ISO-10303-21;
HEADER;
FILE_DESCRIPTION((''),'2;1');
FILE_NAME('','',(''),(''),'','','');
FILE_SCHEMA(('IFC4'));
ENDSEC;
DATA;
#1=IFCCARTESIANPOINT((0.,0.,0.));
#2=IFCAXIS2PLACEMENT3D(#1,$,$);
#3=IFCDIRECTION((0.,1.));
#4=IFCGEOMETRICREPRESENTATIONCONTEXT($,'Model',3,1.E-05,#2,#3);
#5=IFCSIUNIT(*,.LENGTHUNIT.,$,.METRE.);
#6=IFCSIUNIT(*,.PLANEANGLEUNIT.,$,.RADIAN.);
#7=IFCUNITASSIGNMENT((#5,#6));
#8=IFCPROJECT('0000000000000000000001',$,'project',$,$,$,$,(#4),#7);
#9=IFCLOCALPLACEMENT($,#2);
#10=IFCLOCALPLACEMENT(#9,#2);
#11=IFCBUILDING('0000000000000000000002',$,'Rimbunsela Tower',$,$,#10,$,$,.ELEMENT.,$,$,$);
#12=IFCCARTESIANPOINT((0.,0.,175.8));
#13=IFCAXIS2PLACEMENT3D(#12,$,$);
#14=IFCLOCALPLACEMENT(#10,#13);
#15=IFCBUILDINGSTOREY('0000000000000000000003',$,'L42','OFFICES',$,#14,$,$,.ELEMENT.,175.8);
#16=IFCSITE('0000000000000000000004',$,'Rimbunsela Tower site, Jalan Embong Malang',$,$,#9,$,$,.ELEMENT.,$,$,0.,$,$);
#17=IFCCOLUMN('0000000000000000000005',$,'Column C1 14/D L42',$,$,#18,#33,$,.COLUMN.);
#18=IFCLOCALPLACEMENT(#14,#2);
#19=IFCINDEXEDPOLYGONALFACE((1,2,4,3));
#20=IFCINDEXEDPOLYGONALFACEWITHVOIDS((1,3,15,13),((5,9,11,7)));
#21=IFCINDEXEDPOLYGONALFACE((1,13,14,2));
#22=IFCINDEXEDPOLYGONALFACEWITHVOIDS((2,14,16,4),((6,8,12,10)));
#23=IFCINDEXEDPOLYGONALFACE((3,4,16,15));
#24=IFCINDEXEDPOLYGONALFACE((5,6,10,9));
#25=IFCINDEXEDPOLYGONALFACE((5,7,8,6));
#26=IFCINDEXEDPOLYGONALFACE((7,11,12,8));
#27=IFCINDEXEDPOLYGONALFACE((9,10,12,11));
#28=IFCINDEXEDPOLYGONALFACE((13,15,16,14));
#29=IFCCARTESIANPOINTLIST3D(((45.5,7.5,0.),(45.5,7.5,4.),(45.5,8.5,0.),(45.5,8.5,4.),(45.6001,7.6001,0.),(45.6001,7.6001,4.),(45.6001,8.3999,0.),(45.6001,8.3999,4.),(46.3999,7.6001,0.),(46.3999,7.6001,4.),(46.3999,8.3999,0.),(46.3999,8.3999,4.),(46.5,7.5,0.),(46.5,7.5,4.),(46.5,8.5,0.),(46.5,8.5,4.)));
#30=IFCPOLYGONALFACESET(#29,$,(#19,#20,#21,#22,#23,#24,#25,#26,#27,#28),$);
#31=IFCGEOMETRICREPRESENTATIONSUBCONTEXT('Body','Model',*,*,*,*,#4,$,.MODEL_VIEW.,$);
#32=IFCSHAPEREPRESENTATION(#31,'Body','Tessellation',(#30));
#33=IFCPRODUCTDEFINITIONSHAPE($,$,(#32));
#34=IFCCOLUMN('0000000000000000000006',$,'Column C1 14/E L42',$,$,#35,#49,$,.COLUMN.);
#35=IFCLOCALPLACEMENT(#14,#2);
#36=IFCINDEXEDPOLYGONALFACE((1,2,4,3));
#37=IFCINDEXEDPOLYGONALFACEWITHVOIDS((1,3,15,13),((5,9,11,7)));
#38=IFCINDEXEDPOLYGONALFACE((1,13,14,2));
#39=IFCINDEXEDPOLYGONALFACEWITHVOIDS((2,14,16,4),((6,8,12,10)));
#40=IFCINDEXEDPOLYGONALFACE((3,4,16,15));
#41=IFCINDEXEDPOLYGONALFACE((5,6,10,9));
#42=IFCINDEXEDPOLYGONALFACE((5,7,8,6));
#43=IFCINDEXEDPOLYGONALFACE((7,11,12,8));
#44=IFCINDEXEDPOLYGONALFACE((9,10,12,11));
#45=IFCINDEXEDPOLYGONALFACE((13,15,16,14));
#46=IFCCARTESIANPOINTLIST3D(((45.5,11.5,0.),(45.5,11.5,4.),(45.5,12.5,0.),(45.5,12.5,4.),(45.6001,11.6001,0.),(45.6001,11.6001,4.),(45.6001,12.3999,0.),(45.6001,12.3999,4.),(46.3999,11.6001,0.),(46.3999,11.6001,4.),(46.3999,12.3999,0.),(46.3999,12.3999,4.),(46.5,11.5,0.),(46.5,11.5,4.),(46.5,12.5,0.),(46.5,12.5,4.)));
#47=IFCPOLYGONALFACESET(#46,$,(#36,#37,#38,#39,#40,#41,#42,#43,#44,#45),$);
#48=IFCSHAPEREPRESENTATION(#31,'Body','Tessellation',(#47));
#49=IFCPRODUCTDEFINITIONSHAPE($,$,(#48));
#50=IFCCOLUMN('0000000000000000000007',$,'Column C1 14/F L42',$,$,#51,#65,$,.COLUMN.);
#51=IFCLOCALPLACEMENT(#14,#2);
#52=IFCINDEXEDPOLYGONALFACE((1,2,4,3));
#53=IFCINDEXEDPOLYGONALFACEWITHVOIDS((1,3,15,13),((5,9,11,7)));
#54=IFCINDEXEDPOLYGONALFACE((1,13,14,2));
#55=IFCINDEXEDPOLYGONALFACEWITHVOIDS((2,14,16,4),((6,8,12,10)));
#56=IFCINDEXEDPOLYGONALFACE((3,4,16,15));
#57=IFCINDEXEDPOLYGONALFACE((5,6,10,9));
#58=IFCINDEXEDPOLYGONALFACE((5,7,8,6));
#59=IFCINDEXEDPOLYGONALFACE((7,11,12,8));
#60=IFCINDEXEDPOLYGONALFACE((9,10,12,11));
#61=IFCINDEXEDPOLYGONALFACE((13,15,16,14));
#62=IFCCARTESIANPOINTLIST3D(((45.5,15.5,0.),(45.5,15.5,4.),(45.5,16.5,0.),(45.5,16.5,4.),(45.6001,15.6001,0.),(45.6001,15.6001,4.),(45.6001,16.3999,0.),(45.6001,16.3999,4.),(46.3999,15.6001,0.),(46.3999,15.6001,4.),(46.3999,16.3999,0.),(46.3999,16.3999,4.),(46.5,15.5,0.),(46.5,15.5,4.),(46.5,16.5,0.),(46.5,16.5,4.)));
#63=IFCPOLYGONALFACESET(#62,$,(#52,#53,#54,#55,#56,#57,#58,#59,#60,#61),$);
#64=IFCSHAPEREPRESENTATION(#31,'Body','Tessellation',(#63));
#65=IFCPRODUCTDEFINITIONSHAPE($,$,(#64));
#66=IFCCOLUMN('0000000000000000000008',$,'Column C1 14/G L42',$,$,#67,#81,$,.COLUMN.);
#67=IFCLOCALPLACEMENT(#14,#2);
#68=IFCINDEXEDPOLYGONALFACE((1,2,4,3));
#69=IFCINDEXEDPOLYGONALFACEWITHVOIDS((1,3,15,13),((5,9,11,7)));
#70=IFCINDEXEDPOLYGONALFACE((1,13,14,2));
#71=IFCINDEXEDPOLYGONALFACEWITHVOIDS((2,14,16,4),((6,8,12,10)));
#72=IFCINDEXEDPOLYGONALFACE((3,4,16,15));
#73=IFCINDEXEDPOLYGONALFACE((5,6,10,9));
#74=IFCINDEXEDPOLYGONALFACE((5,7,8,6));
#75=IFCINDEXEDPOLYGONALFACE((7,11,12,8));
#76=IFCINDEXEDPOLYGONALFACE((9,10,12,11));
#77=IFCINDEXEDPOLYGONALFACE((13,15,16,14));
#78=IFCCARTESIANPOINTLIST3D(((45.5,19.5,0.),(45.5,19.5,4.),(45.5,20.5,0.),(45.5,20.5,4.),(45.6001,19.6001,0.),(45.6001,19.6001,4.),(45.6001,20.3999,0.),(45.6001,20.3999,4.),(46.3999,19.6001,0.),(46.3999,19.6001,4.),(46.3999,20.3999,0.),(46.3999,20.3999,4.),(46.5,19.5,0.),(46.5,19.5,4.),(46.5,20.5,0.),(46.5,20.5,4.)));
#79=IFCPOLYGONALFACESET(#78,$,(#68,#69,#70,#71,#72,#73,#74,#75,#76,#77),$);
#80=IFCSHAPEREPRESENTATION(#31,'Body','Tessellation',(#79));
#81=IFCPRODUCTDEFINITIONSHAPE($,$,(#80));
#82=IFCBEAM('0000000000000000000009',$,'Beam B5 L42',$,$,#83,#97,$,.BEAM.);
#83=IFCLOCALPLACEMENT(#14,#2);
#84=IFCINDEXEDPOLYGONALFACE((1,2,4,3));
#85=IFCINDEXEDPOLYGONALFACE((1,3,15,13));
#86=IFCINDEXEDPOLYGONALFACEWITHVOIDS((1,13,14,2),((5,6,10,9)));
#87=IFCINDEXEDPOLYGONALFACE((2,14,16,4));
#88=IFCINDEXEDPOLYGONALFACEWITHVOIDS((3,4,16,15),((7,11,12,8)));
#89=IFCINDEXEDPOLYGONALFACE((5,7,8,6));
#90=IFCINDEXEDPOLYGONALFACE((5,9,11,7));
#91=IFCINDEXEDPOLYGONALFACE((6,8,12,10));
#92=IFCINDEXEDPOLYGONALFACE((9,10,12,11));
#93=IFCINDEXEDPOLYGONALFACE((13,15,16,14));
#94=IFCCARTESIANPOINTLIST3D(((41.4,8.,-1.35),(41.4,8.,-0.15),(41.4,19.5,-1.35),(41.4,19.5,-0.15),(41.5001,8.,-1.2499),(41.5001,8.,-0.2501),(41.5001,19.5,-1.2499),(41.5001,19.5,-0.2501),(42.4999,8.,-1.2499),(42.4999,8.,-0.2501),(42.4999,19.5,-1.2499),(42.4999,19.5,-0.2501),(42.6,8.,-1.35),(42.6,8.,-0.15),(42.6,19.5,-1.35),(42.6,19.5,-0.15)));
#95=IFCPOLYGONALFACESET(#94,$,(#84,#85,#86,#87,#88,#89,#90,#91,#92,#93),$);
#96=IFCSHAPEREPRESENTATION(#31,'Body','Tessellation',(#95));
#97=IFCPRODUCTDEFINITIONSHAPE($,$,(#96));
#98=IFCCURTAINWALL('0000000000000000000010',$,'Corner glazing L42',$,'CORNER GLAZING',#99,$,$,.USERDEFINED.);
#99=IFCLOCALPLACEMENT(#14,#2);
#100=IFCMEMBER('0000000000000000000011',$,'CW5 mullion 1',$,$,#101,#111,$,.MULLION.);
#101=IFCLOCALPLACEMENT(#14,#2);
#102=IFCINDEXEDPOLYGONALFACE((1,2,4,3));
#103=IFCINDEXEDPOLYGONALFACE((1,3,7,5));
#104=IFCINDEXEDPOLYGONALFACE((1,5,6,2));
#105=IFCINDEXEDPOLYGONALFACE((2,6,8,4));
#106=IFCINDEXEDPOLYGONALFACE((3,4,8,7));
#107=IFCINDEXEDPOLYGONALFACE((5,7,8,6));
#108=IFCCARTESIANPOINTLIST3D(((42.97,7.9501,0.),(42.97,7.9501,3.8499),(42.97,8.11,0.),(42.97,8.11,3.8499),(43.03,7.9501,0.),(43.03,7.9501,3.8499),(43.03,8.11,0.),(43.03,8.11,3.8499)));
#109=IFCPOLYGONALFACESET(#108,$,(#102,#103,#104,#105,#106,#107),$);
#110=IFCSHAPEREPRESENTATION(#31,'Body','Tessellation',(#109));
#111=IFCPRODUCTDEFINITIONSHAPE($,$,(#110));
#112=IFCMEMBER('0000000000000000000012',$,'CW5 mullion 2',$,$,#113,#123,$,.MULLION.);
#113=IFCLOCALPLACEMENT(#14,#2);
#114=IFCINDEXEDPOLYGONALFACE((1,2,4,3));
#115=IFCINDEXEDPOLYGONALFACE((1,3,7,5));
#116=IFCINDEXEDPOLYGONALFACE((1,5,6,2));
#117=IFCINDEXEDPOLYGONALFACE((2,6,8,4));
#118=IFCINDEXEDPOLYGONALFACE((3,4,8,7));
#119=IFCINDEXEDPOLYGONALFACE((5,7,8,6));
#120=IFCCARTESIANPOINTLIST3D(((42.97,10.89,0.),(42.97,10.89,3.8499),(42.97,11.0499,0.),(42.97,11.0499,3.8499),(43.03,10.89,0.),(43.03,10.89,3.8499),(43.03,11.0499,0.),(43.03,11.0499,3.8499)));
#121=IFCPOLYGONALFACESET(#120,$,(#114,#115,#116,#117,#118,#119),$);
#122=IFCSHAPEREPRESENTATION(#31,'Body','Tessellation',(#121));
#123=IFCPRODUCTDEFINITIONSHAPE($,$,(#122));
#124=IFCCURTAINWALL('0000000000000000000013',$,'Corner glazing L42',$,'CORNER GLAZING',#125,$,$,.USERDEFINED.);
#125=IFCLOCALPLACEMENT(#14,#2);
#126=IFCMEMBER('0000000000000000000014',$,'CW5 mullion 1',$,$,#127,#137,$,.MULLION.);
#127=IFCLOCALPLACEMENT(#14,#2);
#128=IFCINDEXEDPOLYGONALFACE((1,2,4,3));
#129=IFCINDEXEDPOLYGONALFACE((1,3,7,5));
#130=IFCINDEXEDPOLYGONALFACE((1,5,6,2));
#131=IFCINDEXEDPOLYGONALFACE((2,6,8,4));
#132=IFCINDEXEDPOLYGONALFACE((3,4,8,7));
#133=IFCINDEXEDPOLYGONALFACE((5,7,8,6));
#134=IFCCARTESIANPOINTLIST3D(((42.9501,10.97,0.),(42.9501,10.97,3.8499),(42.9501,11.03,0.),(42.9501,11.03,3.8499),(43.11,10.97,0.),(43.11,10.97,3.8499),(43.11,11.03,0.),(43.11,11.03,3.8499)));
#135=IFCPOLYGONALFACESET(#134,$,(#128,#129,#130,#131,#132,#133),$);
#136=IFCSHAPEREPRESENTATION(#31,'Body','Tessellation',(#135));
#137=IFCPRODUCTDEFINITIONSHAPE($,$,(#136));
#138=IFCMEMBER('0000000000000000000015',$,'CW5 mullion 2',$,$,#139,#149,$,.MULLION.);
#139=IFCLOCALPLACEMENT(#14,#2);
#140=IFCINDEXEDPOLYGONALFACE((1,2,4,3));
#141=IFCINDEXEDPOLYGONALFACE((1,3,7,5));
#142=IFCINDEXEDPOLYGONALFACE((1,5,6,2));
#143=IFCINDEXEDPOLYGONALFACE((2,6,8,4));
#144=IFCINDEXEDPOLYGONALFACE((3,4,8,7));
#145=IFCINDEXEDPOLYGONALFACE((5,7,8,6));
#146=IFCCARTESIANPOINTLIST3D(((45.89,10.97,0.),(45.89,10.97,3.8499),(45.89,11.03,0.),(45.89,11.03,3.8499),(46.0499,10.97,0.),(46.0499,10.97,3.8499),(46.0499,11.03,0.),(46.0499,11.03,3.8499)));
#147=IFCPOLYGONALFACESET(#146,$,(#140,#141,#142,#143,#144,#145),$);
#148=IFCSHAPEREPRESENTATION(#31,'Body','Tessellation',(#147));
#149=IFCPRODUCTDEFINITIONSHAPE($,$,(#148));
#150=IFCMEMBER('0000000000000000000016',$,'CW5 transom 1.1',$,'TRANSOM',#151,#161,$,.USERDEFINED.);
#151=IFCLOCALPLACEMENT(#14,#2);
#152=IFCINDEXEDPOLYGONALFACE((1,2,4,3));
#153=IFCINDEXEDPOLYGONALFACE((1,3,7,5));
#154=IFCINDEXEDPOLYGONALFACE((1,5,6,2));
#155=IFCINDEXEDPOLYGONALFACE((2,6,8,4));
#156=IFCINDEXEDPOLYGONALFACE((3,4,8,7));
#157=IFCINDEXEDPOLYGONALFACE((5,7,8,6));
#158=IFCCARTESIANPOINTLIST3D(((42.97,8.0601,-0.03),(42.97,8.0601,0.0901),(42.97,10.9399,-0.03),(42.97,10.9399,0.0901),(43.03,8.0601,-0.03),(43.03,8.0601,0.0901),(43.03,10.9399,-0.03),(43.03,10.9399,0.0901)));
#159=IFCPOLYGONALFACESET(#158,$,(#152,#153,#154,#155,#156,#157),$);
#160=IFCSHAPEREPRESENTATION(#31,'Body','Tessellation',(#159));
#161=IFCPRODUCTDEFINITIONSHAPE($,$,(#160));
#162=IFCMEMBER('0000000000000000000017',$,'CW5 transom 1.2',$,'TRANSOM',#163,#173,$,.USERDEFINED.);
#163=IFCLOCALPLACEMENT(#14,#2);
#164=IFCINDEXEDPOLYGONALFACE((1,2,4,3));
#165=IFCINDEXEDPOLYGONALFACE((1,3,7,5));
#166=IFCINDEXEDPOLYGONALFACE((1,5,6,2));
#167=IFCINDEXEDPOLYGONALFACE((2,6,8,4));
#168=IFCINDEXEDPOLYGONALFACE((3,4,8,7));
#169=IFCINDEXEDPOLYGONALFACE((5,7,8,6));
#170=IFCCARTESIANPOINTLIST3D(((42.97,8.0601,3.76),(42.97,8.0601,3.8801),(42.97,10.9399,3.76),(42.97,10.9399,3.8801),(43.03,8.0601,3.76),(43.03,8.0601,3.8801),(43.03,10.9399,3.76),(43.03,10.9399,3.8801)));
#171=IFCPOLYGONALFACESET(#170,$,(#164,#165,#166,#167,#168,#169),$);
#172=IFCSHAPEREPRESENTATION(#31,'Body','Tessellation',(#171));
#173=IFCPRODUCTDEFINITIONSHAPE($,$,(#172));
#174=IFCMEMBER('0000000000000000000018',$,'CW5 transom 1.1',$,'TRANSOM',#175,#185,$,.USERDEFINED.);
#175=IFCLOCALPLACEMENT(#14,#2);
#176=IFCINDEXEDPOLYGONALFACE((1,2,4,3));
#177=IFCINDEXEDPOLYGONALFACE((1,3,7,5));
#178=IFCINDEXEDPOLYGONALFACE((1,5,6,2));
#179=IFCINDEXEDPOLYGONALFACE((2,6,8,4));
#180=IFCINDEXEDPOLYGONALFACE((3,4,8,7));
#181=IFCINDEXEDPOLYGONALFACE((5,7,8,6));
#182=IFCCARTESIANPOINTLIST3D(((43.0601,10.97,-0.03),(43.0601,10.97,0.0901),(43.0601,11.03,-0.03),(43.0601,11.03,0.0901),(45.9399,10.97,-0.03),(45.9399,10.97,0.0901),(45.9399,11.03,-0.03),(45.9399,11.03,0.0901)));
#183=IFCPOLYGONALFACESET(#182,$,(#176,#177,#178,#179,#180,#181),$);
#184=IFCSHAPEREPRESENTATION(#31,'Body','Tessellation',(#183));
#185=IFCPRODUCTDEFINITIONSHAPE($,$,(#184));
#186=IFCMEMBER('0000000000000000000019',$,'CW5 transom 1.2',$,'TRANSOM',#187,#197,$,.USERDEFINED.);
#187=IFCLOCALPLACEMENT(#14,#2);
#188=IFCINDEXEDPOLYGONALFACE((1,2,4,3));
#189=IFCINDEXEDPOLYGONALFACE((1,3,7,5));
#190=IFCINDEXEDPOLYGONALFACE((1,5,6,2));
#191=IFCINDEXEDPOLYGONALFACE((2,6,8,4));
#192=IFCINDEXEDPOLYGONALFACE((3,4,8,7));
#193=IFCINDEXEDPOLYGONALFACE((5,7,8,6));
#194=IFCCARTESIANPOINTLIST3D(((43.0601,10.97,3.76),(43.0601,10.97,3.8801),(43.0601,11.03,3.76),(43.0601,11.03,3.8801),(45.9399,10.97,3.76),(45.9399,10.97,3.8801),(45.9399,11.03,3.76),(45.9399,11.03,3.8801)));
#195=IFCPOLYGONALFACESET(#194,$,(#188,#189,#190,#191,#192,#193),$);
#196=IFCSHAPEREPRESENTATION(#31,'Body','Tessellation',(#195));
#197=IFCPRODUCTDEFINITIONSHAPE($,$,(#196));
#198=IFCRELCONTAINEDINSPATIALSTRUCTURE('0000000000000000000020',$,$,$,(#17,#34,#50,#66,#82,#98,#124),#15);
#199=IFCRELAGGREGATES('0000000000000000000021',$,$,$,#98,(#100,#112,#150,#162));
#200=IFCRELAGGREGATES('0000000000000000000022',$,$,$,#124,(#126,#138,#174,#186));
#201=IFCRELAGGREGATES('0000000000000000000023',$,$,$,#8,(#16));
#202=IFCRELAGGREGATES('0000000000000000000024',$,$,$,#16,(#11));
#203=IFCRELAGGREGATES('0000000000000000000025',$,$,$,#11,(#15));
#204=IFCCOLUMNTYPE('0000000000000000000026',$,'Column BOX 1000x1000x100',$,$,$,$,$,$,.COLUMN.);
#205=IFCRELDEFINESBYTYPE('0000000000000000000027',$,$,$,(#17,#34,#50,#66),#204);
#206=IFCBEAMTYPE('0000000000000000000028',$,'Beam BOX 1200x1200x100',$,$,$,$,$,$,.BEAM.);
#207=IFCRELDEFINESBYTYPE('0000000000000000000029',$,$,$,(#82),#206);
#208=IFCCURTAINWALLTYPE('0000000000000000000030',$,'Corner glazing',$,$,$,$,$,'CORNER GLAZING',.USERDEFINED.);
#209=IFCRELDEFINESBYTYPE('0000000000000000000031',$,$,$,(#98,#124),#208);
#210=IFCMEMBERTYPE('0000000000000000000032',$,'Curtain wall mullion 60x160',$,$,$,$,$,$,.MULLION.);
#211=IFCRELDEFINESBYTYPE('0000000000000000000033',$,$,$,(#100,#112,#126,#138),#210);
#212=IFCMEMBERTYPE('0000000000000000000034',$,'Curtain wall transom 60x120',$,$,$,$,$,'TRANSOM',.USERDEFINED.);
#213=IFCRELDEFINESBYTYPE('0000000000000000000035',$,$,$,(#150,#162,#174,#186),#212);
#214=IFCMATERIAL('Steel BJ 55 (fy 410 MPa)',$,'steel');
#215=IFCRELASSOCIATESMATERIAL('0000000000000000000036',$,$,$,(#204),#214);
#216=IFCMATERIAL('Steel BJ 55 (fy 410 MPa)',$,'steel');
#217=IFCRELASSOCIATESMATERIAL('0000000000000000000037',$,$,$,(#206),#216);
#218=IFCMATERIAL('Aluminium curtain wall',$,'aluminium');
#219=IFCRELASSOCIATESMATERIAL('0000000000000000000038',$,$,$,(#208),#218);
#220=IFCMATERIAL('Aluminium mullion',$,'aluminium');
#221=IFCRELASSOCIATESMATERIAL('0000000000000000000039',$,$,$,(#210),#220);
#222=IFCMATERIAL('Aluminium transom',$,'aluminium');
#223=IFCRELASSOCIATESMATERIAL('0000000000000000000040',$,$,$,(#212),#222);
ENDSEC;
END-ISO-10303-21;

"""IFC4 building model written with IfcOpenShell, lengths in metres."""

from ifc_helpers import new_model, si_unit, direction, frame, origin, origin_2d, place, context, subcontext, project, spatial, rectangle, hollow_rectangle, extrude, material, material_profile, profile_set, type_object, element, aggregate, save


model = new_model("IFC4")

# Units and contexts
model_context = context("Model", 3, precision=1e-05, world=origin(), true_north=direction((0.0, 1.0)))
body_context = subcontext(model_context, "Body", "Model", "MODEL_VIEW")
ifc_project = project(units=[si_unit("LENGTHUNIT", "METRE"), si_unit("PLANEANGLEUNIT", "RADIAN")], contexts=[model_context])

# Site, building, storey
site_placement = place(None, origin())
site = spatial("IfcSite", under=ifc_project, at=site_placement, Name="Rimbunsela Tower site, Jalan Embong Malang", CompositionType="ELEMENT", RefElevation=0.0)
building_placement = place(site_placement, origin())
building = spatial("IfcBuilding", under=site, at=building_placement, Name="Rimbunsela Tower", CompositionType="ELEMENT")
storey_placement = place(building_placement, frame((0.0, 0.0, 175.8)))
storey = spatial("IfcBuildingStorey", under=building, at=storey_placement, Name="L42", Description="OFFICES", CompositionType="ELEMENT", Elevation=175.8)

# Columns
ifc_material_1 = material(Name="Steel BJ 55 (fy 410 MPa)", Category="steel")
ifc_material_profile_1 = material_profile(ifc_material_1, hollow_rectangle(XDim=1.0, YDim=1.0, WallThickness=0.1001, at=origin_2d()), Name="BOX 1000x1000x100")
ifc_profile_set_1 = profile_set([ifc_material_profile_1], Name="Steel BJ 55 (fy 410 MPa)")
column_type = type_object("IfcColumnType", Name="Column BOX 1000x1000x100", PredefinedType="COLUMN", material=ifc_profile_set_1)
for number, where, z_axis, x_axis, name in (
    (1, (46.0, 8.0, 0.0), (0.0, 0.0, 1.0), (1.0, 0.0, 0.0), "Column C1 14/D L42"),
    (2, (46.0, 12.0, 0.0), (0.0, 0.0, 1.0), (1.0, 0.0, 0.0), "Column C1 14/E L42"),
    (3, (46.0, 16.0, 0.0), (0.0, 0.0, 1.0), (1.0, 0.0, 0.0), "Column C1 14/F L42"),
    (4, (46.0, 20.0, 0.0), (0.0, 0.0, 1.0), (1.0, 0.0, 0.0), "Column C1 14/G L42"),
):
    element("IfcColumn", number, at=place(storey_placement, frame(where, z_axis=z_axis, x_axis=x_axis)), inside=storey, type_object=column_type, Name=name, PredefinedType="COLUMN", context=body_context, shape_type="SweptSolid", body=[
        extrude(hollow_rectangle(XDim=1.0, YDim=1.0, WallThickness=0.1001, at=origin_2d()), origin(), (0.0, 0.0, 1.0), 4.0),
    ])

# Beam
ifc_material_2 = material(Name="Steel BJ 55 (fy 410 MPa)", Category="steel")
ifc_material_profile_2 = material_profile(ifc_material_2, hollow_rectangle(XDim=1.2, YDim=1.2, WallThickness=0.1001, at=origin_2d()), Name="BOX 1200x1200x100")
ifc_profile_set_2 = profile_set([ifc_material_profile_2], Name="Steel BJ 55 (fy 410 MPa)")
beam_type = type_object("IfcBeamType", Name="Beam BOX 1200x1200x100", PredefinedType="BEAM", material=ifc_profile_set_2)
beam_placement = place(storey_placement, frame((42.0, 8.0, -0.75), z_axis=(0.0, 1.0, 0.0), x_axis=(-1.0, 0.0, 0.0)))
element("IfcBeam", 5, at=beam_placement, inside=storey, type_object=beam_type, Name="Beam B5 L42", PredefinedType="BEAM", context=body_context, shape_type="SweptSolid", body=[
    extrude(hollow_rectangle(XDim=1.2, YDim=1.2, WallThickness=0.1001, at=origin_2d()), origin(), (0.0, 0.0, 1.0), 11.5),
])

# Curtain walls, members
ifc_material_3 = material(Name="Aluminium curtain wall", Category="aluminium")
curtain_wall_type = type_object("IfcCurtainWallType", Name="Corner glazing", ElementType="CORNER GLAZING", PredefinedType="USERDEFINED", material=ifc_material_3)
curtain_wall_1_placement = place(storey_placement, origin())
curtain_wall_1 = element("IfcCurtainWall", 6, at=curtain_wall_1_placement, inside=storey, type_object=curtain_wall_type, Name="Corner glazing L42", ObjectType="CORNER GLAZING", PredefinedType="USERDEFINED")
ifc_material_4 = material(Name="Aluminium mullion", Category="aluminium")
ifc_material_profile_3 = material_profile(ifc_material_4, rectangle(XDim=0.0601, YDim=0.1599, at=origin_2d()), Name="Mullion 60x160")
ifc_profile_set_3 = profile_set([ifc_material_profile_3], Name="Aluminium mullion")
member_type_1 = type_object("IfcMemberType", Name="Curtain wall mullion 60x160", PredefinedType="MULLION", material=ifc_profile_set_3)
member_1_placement = place(storey_placement, frame((43.0, 8.03, 0.0), z_axis=(0.0, 0.0, 1.0), x_axis=(-1.0, 0.0, 0.0)))
member_1 = element("IfcMember", 7, at=member_1_placement, type_object=member_type_1, Name="CW5 mullion 1", PredefinedType="MULLION", context=body_context, shape_type="SweptSolid", body=[
    extrude(rectangle(XDim=0.0601, YDim=0.1599, at=origin_2d()), origin(), (0.0, 0.0, 1.0), 3.8499),
])
member_2_placement = place(storey_placement, frame((43.0, 10.97, 0.0), z_axis=(0.0, 0.0, 1.0), x_axis=(-1.0, 0.0, 0.0)))
member_2 = element("IfcMember", 8, at=member_2_placement, type_object=member_type_1, Name="CW5 mullion 2", PredefinedType="MULLION", context=body_context, shape_type="SweptSolid", body=[
    extrude(rectangle(XDim=0.0601, YDim=0.1599, at=origin_2d()), origin(), (0.0, 0.0, 1.0), 3.8499),
])
curtain_wall_2_placement = place(storey_placement, origin())
curtain_wall_2 = element("IfcCurtainWall", 9, at=curtain_wall_2_placement, inside=storey, type_object=curtain_wall_type, Name="Corner glazing L42", ObjectType="CORNER GLAZING", PredefinedType="USERDEFINED")
member_3_placement = place(storey_placement, frame((43.03, 11.0, 0.0), z_axis=(0.0, 0.0, 1.0), x_axis=(0.0, 1.0, 0.0)))
member_3 = element("IfcMember", 10, at=member_3_placement, type_object=member_type_1, Name="CW5 mullion 1", PredefinedType="MULLION", context=body_context, shape_type="SweptSolid", body=[
    extrude(rectangle(XDim=0.0601, YDim=0.1599, at=origin_2d()), origin(), (0.0, 0.0, 1.0), 3.8499),
])
member_4_placement = place(storey_placement, frame((45.97, 11.0, 0.0), z_axis=(0.0, 0.0, 1.0), x_axis=(0.0, 1.0, 0.0)))
member_4 = element("IfcMember", 11, at=member_4_placement, type_object=member_type_1, Name="CW5 mullion 2", PredefinedType="MULLION", context=body_context, shape_type="SweptSolid", body=[
    extrude(rectangle(XDim=0.0601, YDim=0.1599, at=origin_2d()), origin(), (0.0, 0.0, 1.0), 3.8499),
])

# Members
ifc_material_5 = material(Name="Aluminium transom", Category="aluminium")
ifc_material_profile_4 = material_profile(ifc_material_5, rectangle(XDim=0.0601, YDim=0.1201, at=origin_2d()), Name="Transom 60x120")
ifc_profile_set_4 = profile_set([ifc_material_profile_4], Name="Aluminium transom")
member_type_2 = type_object("IfcMemberType", Name="Curtain wall transom 60x120", ElementType="TRANSOM", PredefinedType="USERDEFINED", material=ifc_profile_set_4)
member_5_placement = place(storey_placement, frame((43.0, 8.0601, 0.03), z_axis=(0.0, 1.0, 0.0), x_axis=(-1.0, 0.0, 0.0)))
member_5 = element("IfcMember", 12, at=member_5_placement, type_object=member_type_2, Name="CW5 transom 1.1", ObjectType="TRANSOM", PredefinedType="USERDEFINED", context=body_context, shape_type="SweptSolid", body=[
    extrude(rectangle(XDim=0.0601, YDim=0.1201, at=origin_2d()), origin(), (0.0, 0.0, 1.0), 2.8799),
])
member_6_placement = place(storey_placement, frame((43.0, 8.0601, 3.8201), z_axis=(0.0, 1.0, 0.0), x_axis=(-1.0, 0.0, 0.0)))
member_6 = element("IfcMember", 13, at=member_6_placement, type_object=member_type_2, Name="CW5 transom 1.2", ObjectType="TRANSOM", PredefinedType="USERDEFINED", context=body_context, shape_type="SweptSolid", body=[
    extrude(rectangle(XDim=0.0601, YDim=0.1201, at=origin_2d()), origin(), (0.0, 0.0, 1.0), 2.8799),
])
member_7_placement = place(storey_placement, frame((43.0601, 11.0, 0.03), z_axis=(1.0, 0.0, 0.0), x_axis=(0.0, 1.0, 0.0)))
member_7 = element("IfcMember", 14, at=member_7_placement, type_object=member_type_2, Name="CW5 transom 1.1", ObjectType="TRANSOM", PredefinedType="USERDEFINED", context=body_context, shape_type="SweptSolid", body=[
    extrude(rectangle(XDim=0.0601, YDim=0.1201, at=origin_2d()), origin(), (0.0, 0.0, 1.0), 2.8799),
])
member_8_placement = place(storey_placement, frame((43.0601, 11.0, 3.8201), z_axis=(1.0, 0.0, 0.0), x_axis=(0.0, 1.0, 0.0)))
member_8 = element("IfcMember", 15, at=member_8_placement, type_object=member_type_2, Name="CW5 transom 1.2", ObjectType="TRANSOM", PredefinedType="USERDEFINED", context=body_context, shape_type="SweptSolid", body=[
    extrude(rectangle(XDim=0.0601, YDim=0.1201, at=origin_2d()), origin(), (0.0, 0.0, 1.0), 2.8799),
])

aggregate(curtain_wall_1, [member_1, member_2, member_5, member_6])
aggregate(curtain_wall_2, [member_3, member_4, member_7, member_8])

save(model, "model.ifc")
